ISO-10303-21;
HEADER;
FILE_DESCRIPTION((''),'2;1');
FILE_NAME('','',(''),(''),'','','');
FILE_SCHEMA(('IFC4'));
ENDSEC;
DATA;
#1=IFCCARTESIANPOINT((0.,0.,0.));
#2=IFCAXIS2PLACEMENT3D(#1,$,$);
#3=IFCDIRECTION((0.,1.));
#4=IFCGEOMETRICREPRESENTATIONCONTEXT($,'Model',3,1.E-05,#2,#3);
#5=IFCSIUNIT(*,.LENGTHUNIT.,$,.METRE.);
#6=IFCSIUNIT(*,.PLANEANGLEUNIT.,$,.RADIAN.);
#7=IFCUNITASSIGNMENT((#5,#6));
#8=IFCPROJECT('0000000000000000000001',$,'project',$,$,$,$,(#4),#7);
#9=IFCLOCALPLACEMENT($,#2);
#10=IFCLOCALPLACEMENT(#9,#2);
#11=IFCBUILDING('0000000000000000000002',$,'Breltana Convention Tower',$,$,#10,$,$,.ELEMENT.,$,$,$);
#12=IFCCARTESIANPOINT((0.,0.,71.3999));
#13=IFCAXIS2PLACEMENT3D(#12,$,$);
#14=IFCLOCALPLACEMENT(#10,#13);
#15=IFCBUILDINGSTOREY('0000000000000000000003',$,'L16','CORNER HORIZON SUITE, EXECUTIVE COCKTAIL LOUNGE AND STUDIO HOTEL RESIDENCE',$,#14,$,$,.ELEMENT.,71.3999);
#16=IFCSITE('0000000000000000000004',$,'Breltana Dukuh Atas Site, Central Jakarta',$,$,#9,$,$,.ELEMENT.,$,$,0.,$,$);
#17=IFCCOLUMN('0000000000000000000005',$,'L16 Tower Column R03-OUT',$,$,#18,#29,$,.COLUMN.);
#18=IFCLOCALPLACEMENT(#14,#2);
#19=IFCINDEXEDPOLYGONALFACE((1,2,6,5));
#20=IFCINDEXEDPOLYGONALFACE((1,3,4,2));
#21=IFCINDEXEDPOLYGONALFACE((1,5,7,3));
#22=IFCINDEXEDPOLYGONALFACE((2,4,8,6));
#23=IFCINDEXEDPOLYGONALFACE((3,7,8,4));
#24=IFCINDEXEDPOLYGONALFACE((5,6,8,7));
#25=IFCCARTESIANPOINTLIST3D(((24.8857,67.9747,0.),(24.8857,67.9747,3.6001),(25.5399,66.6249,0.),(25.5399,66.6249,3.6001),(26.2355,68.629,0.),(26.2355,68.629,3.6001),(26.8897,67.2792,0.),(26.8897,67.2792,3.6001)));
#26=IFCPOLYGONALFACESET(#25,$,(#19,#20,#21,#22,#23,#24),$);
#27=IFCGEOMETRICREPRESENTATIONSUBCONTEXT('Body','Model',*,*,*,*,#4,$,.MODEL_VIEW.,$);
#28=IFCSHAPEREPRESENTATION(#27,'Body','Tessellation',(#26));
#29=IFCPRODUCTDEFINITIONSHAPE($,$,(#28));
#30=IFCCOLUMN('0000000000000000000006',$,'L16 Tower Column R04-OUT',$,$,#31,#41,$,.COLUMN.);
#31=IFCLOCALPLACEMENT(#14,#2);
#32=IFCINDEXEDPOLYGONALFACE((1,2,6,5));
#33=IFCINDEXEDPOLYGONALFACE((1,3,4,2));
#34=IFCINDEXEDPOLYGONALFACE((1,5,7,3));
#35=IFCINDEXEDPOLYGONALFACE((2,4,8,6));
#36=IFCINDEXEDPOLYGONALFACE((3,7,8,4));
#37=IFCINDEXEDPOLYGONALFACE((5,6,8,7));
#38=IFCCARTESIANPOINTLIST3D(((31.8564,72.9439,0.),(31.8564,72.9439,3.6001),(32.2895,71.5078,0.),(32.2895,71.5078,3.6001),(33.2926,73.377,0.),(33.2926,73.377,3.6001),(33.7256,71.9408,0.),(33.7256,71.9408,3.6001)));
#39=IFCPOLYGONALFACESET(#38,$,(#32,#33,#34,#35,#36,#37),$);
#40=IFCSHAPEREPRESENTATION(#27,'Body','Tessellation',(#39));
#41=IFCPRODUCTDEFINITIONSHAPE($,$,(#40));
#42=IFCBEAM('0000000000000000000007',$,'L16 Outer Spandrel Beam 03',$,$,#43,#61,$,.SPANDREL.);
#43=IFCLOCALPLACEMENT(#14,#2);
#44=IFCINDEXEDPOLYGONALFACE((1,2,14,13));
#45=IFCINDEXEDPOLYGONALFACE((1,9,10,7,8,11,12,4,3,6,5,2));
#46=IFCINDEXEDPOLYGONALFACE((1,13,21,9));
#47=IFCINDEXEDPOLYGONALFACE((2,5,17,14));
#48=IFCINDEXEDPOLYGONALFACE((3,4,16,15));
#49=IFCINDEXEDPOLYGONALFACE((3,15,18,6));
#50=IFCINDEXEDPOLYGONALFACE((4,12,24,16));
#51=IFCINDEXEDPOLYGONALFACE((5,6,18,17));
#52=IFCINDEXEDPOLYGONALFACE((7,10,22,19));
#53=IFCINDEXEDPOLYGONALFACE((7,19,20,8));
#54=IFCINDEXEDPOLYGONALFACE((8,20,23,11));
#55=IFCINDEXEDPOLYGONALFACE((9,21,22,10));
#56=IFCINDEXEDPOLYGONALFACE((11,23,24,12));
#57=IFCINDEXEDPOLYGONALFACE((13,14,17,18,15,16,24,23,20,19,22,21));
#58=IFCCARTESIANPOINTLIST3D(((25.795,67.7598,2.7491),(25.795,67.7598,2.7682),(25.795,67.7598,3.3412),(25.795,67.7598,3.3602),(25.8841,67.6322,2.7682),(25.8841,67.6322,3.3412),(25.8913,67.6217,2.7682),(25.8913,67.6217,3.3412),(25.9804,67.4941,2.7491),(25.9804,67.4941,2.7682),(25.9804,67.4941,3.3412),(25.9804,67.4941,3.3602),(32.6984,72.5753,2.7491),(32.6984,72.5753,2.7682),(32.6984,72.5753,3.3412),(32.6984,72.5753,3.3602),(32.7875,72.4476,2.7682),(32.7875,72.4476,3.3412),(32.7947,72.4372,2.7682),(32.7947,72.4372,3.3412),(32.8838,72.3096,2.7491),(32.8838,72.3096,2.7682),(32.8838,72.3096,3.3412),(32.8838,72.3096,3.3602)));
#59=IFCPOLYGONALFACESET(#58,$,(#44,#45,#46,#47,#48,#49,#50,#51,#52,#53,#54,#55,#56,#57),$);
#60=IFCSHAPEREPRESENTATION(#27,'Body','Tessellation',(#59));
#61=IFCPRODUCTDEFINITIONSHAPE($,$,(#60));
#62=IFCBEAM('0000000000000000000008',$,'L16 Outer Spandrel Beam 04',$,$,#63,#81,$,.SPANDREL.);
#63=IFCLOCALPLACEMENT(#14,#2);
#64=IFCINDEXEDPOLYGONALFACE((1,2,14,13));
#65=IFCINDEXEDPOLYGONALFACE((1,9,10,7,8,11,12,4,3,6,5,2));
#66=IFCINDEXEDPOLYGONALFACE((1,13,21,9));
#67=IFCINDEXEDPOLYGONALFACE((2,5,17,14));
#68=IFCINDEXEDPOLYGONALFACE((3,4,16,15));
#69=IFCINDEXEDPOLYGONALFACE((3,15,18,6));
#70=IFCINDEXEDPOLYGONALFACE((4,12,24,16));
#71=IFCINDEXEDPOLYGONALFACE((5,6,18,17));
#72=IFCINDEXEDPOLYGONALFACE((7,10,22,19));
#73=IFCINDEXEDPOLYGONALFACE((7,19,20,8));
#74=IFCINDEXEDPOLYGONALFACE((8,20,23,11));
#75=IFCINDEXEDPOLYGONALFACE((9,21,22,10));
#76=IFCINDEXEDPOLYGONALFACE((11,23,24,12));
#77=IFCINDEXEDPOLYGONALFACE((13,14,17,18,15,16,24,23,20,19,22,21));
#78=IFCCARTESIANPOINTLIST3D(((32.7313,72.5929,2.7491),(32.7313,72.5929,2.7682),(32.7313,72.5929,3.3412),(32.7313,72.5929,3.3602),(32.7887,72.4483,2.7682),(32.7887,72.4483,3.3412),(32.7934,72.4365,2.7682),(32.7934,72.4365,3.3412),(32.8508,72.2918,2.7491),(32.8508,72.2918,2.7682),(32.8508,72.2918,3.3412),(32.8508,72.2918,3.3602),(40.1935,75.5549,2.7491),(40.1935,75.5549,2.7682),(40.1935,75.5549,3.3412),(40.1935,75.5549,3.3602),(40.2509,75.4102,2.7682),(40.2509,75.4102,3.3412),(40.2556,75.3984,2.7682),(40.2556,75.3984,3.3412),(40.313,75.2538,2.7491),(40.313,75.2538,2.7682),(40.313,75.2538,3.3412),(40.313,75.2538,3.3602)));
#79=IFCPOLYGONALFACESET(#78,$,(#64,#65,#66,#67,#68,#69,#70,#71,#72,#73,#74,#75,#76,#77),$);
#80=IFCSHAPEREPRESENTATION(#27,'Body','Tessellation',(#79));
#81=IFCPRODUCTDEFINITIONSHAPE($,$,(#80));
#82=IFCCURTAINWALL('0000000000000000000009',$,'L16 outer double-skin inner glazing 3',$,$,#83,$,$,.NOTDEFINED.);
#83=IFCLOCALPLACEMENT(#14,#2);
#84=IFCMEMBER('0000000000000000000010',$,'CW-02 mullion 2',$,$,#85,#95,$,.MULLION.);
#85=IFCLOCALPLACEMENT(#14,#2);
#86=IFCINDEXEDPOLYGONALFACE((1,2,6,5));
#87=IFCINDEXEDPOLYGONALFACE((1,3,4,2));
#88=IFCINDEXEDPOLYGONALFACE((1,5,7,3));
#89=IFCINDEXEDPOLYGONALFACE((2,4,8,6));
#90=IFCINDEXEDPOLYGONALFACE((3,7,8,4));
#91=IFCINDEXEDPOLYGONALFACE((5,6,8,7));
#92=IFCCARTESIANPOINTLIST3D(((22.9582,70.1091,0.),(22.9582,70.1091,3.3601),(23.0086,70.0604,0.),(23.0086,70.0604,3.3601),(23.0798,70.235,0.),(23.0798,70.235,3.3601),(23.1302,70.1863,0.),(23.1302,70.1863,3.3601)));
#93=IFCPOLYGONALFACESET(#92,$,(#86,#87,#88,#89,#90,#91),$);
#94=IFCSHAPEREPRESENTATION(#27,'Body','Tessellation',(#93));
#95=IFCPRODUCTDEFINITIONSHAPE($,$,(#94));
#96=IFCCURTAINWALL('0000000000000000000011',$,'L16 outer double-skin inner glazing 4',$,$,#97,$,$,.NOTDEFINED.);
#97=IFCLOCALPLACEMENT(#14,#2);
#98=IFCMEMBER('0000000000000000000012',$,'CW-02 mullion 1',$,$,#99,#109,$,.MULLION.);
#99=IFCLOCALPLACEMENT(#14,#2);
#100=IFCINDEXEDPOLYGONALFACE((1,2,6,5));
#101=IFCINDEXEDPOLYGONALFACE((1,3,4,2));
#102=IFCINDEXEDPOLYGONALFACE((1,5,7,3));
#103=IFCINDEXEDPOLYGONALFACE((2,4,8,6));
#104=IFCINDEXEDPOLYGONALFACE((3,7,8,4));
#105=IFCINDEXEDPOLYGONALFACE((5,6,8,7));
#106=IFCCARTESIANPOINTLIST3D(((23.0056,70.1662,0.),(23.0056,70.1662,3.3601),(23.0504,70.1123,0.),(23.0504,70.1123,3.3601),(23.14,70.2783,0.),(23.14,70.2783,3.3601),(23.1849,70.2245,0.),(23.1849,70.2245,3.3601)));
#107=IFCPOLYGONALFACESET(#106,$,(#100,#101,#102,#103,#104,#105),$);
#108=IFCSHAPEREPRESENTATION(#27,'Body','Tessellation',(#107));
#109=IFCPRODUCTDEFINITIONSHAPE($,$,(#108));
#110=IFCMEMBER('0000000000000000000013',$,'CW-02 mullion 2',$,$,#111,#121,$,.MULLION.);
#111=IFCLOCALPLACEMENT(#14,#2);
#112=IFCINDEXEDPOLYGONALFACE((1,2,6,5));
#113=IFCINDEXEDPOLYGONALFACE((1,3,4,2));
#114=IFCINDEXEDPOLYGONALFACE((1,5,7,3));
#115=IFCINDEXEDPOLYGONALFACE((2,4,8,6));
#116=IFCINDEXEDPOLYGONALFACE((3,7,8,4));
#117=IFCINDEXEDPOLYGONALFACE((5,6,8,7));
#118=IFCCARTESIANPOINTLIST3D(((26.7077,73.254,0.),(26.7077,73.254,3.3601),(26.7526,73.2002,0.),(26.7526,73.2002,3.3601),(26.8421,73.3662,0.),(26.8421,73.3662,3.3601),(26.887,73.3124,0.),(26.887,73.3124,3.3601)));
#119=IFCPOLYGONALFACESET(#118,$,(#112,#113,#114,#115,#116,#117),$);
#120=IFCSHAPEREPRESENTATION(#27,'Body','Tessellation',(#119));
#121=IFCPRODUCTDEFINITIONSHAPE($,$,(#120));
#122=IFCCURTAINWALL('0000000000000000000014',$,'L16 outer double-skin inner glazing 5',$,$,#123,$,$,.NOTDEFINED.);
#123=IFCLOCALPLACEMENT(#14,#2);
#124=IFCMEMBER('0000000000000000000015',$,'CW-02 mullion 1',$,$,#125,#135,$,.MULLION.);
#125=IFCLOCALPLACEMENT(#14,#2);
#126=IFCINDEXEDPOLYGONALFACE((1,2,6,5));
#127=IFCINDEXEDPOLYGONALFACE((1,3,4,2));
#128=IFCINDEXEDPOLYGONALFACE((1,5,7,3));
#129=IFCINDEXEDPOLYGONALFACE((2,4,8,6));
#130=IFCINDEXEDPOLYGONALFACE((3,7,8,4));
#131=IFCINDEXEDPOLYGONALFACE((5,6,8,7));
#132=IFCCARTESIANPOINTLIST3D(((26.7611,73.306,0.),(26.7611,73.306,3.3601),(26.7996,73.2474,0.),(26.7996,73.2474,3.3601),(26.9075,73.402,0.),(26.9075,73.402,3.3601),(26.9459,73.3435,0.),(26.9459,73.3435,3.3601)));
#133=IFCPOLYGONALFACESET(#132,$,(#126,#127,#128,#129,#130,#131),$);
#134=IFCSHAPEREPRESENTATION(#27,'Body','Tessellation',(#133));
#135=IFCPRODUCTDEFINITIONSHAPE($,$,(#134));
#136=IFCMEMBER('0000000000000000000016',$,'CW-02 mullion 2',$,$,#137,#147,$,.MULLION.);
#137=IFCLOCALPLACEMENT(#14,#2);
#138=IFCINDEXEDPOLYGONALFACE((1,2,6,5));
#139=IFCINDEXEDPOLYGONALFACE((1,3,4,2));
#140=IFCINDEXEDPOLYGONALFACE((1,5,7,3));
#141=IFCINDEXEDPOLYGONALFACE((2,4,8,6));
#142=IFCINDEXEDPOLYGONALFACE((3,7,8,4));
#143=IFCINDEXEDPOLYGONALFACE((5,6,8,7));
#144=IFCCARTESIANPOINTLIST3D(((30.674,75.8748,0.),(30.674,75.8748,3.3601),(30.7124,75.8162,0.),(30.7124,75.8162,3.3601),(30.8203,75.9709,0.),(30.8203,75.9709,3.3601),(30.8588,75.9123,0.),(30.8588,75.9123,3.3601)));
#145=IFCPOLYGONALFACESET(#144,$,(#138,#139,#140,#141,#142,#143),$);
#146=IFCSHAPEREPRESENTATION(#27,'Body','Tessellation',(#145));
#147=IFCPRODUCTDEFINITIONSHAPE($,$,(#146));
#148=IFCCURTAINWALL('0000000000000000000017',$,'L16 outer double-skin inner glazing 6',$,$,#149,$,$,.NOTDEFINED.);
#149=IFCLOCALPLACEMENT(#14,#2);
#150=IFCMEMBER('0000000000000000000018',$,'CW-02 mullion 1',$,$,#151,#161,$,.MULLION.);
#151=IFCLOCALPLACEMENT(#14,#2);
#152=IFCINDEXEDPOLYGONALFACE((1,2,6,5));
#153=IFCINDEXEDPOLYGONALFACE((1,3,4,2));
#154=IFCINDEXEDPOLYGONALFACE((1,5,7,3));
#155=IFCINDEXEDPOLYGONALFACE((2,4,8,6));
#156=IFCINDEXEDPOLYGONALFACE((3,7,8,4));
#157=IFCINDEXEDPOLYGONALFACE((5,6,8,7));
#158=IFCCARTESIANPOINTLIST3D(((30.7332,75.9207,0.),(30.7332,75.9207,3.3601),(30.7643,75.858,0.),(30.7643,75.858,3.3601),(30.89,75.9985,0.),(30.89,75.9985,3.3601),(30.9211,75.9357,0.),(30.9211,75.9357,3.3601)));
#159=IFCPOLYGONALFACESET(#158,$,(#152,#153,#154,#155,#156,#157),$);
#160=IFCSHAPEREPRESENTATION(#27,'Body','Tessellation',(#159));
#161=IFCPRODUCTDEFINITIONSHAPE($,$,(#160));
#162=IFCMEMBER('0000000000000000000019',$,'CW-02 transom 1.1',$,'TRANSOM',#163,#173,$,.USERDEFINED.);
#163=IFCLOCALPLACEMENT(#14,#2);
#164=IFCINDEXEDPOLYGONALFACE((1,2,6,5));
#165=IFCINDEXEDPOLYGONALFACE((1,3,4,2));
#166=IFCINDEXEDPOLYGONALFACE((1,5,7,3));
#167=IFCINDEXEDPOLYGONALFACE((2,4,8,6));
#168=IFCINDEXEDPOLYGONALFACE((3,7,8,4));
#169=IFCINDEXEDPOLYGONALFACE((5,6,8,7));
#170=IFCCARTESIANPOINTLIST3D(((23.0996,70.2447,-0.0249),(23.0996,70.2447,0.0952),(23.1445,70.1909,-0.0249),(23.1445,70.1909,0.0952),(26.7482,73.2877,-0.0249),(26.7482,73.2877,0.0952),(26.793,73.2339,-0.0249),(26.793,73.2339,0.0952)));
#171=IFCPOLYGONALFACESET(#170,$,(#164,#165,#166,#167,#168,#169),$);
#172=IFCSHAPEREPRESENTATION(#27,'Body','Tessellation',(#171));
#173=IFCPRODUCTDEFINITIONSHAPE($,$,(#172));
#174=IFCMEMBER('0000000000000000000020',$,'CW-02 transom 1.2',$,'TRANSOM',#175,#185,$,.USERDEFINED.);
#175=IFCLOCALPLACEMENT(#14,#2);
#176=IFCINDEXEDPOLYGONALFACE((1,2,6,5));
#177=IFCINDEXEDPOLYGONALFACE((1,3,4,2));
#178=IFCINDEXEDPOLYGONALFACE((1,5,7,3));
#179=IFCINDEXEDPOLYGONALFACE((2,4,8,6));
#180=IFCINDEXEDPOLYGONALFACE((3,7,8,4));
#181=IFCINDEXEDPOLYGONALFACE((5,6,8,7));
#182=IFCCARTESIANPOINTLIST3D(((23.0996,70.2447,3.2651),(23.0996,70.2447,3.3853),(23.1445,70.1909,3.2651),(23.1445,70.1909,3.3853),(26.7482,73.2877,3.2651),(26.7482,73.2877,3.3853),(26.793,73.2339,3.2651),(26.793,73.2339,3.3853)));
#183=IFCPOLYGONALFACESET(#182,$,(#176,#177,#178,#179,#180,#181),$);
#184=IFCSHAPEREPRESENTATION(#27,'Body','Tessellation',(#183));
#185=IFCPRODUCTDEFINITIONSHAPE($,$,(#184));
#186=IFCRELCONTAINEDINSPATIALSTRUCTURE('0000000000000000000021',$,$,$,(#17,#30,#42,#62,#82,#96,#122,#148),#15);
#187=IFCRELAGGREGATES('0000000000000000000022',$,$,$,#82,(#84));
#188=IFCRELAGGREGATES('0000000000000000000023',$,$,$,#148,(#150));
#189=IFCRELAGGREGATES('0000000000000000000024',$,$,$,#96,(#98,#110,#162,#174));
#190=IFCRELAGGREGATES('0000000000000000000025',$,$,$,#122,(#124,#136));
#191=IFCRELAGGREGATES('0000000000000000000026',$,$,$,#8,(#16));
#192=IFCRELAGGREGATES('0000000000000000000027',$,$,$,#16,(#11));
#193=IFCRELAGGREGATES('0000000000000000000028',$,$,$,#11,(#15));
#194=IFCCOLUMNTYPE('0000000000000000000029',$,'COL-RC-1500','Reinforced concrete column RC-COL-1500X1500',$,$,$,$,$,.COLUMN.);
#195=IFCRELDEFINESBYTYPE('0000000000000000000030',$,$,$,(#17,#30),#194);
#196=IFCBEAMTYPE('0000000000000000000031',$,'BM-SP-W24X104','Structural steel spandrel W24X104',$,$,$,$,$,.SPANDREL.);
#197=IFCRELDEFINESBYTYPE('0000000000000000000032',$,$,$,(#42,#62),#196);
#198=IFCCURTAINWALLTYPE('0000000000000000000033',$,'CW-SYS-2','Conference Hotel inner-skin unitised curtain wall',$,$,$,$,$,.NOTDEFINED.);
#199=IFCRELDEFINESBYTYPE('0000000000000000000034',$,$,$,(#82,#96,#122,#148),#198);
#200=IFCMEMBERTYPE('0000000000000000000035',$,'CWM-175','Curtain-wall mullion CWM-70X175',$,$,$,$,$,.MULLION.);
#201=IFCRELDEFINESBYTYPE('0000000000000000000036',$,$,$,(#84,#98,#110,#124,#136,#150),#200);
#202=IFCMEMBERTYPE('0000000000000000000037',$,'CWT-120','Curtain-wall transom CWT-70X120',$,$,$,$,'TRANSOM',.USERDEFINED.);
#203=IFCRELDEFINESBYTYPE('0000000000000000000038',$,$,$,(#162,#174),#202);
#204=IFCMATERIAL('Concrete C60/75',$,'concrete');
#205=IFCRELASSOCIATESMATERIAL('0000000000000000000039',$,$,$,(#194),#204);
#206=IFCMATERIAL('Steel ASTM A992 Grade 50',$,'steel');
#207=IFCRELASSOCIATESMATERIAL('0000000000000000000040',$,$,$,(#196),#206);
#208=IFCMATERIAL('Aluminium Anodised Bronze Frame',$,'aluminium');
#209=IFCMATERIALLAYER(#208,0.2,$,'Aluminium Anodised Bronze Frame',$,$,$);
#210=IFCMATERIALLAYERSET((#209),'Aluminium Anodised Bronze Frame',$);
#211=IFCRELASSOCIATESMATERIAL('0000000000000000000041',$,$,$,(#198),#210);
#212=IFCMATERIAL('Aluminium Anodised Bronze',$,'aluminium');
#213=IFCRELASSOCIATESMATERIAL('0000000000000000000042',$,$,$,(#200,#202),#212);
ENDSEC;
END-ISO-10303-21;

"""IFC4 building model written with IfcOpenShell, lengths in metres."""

from ifc_helpers import new_model, si_unit, direction, frame, origin, origin_2d, place, context, subcontext, project, spatial, rectangle, i_section, extrude, source, transform, mapped, material, layer, layer_set, material_profile, profile_set, type_object, type_shapes, element, aggregate, save


model = new_model("IFC4")

# Units and contexts
model_context = context("Model", 3, precision=1e-05, world=origin(), true_north=direction((0.0, 1.0)))
body_context = subcontext(model_context, "Body", "Model", "MODEL_VIEW")
ifc_project = project(units=[si_unit("LENGTHUNIT", "METRE"), si_unit("PLANEANGLEUNIT", "RADIAN")], contexts=[model_context])

# Site, building, storey
site_placement = place(None, origin())
site = spatial("IfcSite", under=ifc_project, at=site_placement, Name="Breltana Dukuh Atas Site, Central Jakarta", CompositionType="ELEMENT", RefElevation=0.0)
building_placement = place(site_placement, origin())
building = spatial("IfcBuilding", under=site, at=building_placement, Name="Breltana Convention Tower", CompositionType="ELEMENT")
storey_placement = place(building_placement, frame((0.0, 0.0, 71.3999)))
storey = spatial("IfcBuildingStorey", under=building, at=storey_placement, Name="L16", Description="CORNER HORIZON SUITE, EXECUTIVE COCKTAIL LOUNGE AND STUDIO HOTEL RESIDENCE", CompositionType="ELEMENT", Elevation=71.3999)

# Columns
ifc_material_1 = material(Name="Concrete C60/75", Category="concrete")
ifc_material_profile_1 = material_profile(ifc_material_1, rectangle(XDim=1.5, YDim=1.5, at=origin_2d()), Name="RC-COL-1500X1500")
ifc_profile_set_1 = profile_set([ifc_material_profile_1], Name="Concrete C60/75")
column_type = type_object("IfcColumnType", Name="COL-RC-1500", Description="Reinforced concrete column RC-COL-1500X1500", PredefinedType="COLUMN", material=ifc_profile_set_1)
shared_shape_1 = source(origin(), body_context, "Body", "SweptSolid", [
    extrude(rectangle(XDim=1.5, YDim=1.5, at=origin_2d()), origin(), (0.0, 0.0, 1.0), 3.6001),
])
for number, where, z_axis, x_axis, name in (
    (1, (25.8877, 67.627, 0.0), (0.0, 0.0, 1.0), (-0.436174, 0.899863, 0.0), "L16 Tower Column R03-OUT"),
    (2, (32.791, 72.4424, 0.0), (0.0, 0.0, 1.0), (-0.288698, 0.95742, 0.0), "L16 Tower Column R04-OUT"),
):
    element("IfcColumn", number, at=place(storey_placement, frame(where, z_axis=z_axis, x_axis=x_axis)), inside=storey, type_object=column_type, Name=name, PredefinedType="COLUMN", context=body_context, shape_type="MappedRepresentation", body=[
        mapped(shared_shape_1, transform((0.0, 0.0, 0.0), scale=1.0)),
    ])

# Beams
ifc_material_2 = material(Name="Steel ASTM A992 Grade 50", Category="steel")
ifc_material_profile_2 = material_profile(ifc_material_2, i_section(OverallWidth=0.324, OverallDepth=0.6111, WebThickness=0.0127, FlangeThickness=0.019, at=origin_2d()), Name="W24X104")
ifc_profile_set_2 = profile_set([ifc_material_profile_2], Name="Steel ASTM A992 Grade 50")
beam_type = type_object("IfcBeamType", Name="BM-SP-W24X104", Description="Structural steel spandrel W24X104", PredefinedType="SPANDREL", material=ifc_profile_set_2)
shared_shape_2 = source(origin(), body_context, "Body", "SweptSolid", [
    extrude(i_section(OverallWidth=0.324, OverallDepth=0.6111, WebThickness=0.0127, FlangeThickness=0.019, at=origin_2d()), origin(), (0.0, 0.0, 1.0), 8.417),
])
beam_1_placement = place(storey_placement, frame((25.8877, 67.627, 3.0547), z_axis=(0.820174, 0.572114, 0.0), x_axis=(-0.572114, 0.820174, 0.0)))
element("IfcBeam", 3, at=beam_1_placement, inside=storey, type_object=beam_type, Name="L16 Outer Spandrel Beam 03", PredefinedType="SPANDREL", context=body_context, shape_type="MappedRepresentation", body=[
    mapped(shared_shape_2, transform((0.0, 0.0, 0.0), scale=1.0)),
])
shared_shape_3 = source(origin(), body_context, "Body", "SweptSolid", [
    extrude(i_section(OverallWidth=0.324, OverallDepth=0.6111, WebThickness=0.0127, FlangeThickness=0.019, at=origin_2d()), origin(), (0.0, 0.0, 1.0), 8.0286),
])
beam_2_placement = place(storey_placement, frame((32.791, 72.4424, 3.0547), z_axis=(0.929459, 0.368925, 0.0), x_axis=(-0.368925, 0.929459, 0.0)))
element("IfcBeam", 4, at=beam_2_placement, inside=storey, type_object=beam_type, Name="L16 Outer Spandrel Beam 04", PredefinedType="SPANDREL", context=body_context, shape_type="MappedRepresentation", body=[
    mapped(shared_shape_3, transform((0.0, 0.0, 0.0), scale=1.0)),
])

# Curtain wall, member
ifc_material_3 = material(Name="Aluminium Anodised Bronze Frame", Category="aluminium")
ifc_layer_1 = layer(ifc_material_3, 0.2, Name="Aluminium Anodised Bronze Frame")
ifc_layer_set_1 = layer_set([ifc_layer_1], Name="Aluminium Anodised Bronze Frame")
curtain_wall_type = type_object("IfcCurtainWallType", Name="CW-SYS-2", Description="Conference Hotel inner-skin unitised curtain wall", PredefinedType="NOTDEFINED", material=ifc_layer_set_1)
curtain_wall_1_placement = place(storey_placement, origin())
curtain_wall_1 = element("IfcCurtainWall", 5, at=curtain_wall_1_placement, inside=storey, type_object=curtain_wall_type, Name="L16 outer double-skin inner glazing 3", PredefinedType="NOTDEFINED")
ifc_material_4 = material(Name="Aluminium Anodised Bronze", Category="aluminium")
ifc_material_profile_3 = material_profile(ifc_material_4, rectangle(XDim=0.0701, YDim=0.175, at=origin_2d()), Name="CWM-70X175")
ifc_profile_set_3 = profile_set([ifc_material_profile_3], Name="Aluminium Anodised Bronze")
member_type_1 = type_object("IfcMemberType", Name="CWM-175", Description="Curtain-wall mullion CWM-70X175", PredefinedType="MULLION", material=ifc_profile_set_3)
shared_shape_4 = source(origin(), body_context, "Body", "SweptSolid", [
    extrude(rectangle(XDim=0.0701, YDim=0.175, at=origin_2d()), origin(), (0.0, 0.0, 1.0), 3.3601),
])
type_shapes(member_type_1, [shared_shape_4])
member_1_placement = place(storey_placement, frame((23.0442, 70.1477, 0.0), z_axis=(0.0, 0.0, 1.0), x_axis=(-0.719386, 0.69461, 0.0)))
member_1 = element("IfcMember", 6, at=member_1_placement, type_object=member_type_1, Name="CW-02 mullion 2", PredefinedType="MULLION", context=body_context, shape_type="MappedRepresentation", body=[
    mapped(shared_shape_4, transform((0.0, 0.0, 0.0), scale=1.0)),
])
aggregate(curtain_wall_1, [member_1])

# Curtain walls, members
curtain_wall_2_placement = place(storey_placement, origin())
curtain_wall_2 = element("IfcCurtainWall", 7, at=curtain_wall_2_placement, inside=storey, type_object=curtain_wall_type, Name="L16 outer double-skin inner glazing 4", PredefinedType="NOTDEFINED")
member_2_placement = place(storey_placement, frame((23.0952, 70.1953, 0.0), z_axis=(0.0, 0.0, 1.0), x_axis=(-0.64052, 0.767941, 0.0)))
member_2 = element("IfcMember", 8, at=member_2_placement, type_object=member_type_1, Name="CW-02 mullion 1", PredefinedType="MULLION", context=body_context, shape_type="MappedRepresentation", body=[
    mapped(shared_shape_4, transform((0.0, 0.0, 0.0), scale=1.0)),
])
member_3_placement = place(storey_placement, frame((26.7974, 73.2832, 0.0), z_axis=(0.0, 0.0, 1.0), x_axis=(-0.64052, 0.767941, 0.0)))
member_3 = element("IfcMember", 9, at=member_3_placement, type_object=member_type_1, Name="CW-02 mullion 2", PredefinedType="MULLION", context=body_context, shape_type="MappedRepresentation", body=[
    mapped(shared_shape_4, transform((0.0, 0.0, 0.0), scale=1.0)),
])
curtain_wall_3_placement = place(storey_placement, origin())
curtain_wall_3 = element("IfcCurtainWall", 10, at=curtain_wall_3_placement, inside=storey, type_object=curtain_wall_type, Name="L16 outer double-skin inner glazing 5", PredefinedType="NOTDEFINED")
member_4_placement = place(storey_placement, frame((26.8535, 73.3247, 0.0), z_axis=(0.0, 0.0, 1.0), x_axis=(-0.548784, 0.835964, 0.0)))
member_4 = element("IfcMember", 11, at=member_4_placement, type_object=member_type_1, Name="CW-02 mullion 1", PredefinedType="MULLION", context=body_context, shape_type="MappedRepresentation", body=[
    mapped(shared_shape_4, transform((0.0, 0.0, 0.0), scale=1.0)),
])
member_5_placement = place(storey_placement, frame((30.7664, 75.8936, 0.0), z_axis=(0.0, 0.0, 1.0), x_axis=(-0.548784, 0.835964, 0.0)))
member_5 = element("IfcMember", 12, at=member_5_placement, type_object=member_type_1, Name="CW-02 mullion 2", PredefinedType="MULLION", context=body_context, shape_type="MappedRepresentation", body=[
    mapped(shared_shape_4, transform((0.0, 0.0, 0.0), scale=1.0)),
])

# Curtain wall, member
curtain_wall_4_placement = place(storey_placement, origin())
curtain_wall_4 = element("IfcCurtainWall", 13, at=curtain_wall_4_placement, inside=storey, type_object=curtain_wall_type, Name="L16 outer double-skin inner glazing 6", PredefinedType="NOTDEFINED")
member_6_placement = place(storey_placement, frame((30.8271, 75.9282, 0.0), z_axis=(0.0, 0.0, 1.0), x_axis=(-0.444108, 0.895973, 0.0)))
member_6 = element("IfcMember", 14, at=member_6_placement, type_object=member_type_1, Name="CW-02 mullion 1", PredefinedType="MULLION", context=body_context, shape_type="MappedRepresentation", body=[
    mapped(shared_shape_4, transform((0.0, 0.0, 0.0), scale=1.0)),
])

# Members
ifc_material_profile_4 = material_profile(ifc_material_4, rectangle(XDim=0.0701, YDim=0.1201, at=origin_2d()), Name="CWT-70X120")
ifc_profile_set_4 = profile_set([ifc_material_profile_4], Name="Aluminium Anodised Bronze")
member_type_2 = type_object("IfcMemberType", Name="CWT-120", Description="Curtain-wall transom CWT-70X120", ElementType="TRANSOM", PredefinedType="USERDEFINED", material=ifc_profile_set_4)
shared_shape_5 = source(origin(), body_context, "Body", "SweptSolid", [
    extrude(rectangle(XDim=0.0701, YDim=0.1201, at=origin_2d()), origin(), (0.0, 0.0, 1.0), 4.751),
])
member_7_placement = place(storey_placement, frame((23.1221, 70.2178, 0.0352), z_axis=(0.767952, 0.640508, 0.0), x_axis=(-0.640508, 0.767952, 0.0)))
member_7 = element("IfcMember", 15, at=member_7_placement, type_object=member_type_2, Name="CW-02 transom 1.1", ObjectType="TRANSOM", PredefinedType="USERDEFINED", context=body_context, shape_type="MappedRepresentation", body=[
    mapped(shared_shape_5, transform((0.0, 0.0, 0.0), scale=1.0)),
])
member_8_placement = place(storey_placement, frame((23.1221, 70.2178, 3.3252), z_axis=(0.767952, 0.640508, 0.0), x_axis=(-0.640508, 0.767952, 0.0)))
member_8 = element("IfcMember", 16, at=member_8_placement, type_object=member_type_2, Name="CW-02 transom 1.2", ObjectType="TRANSOM", PredefinedType="USERDEFINED", context=body_context, shape_type="MappedRepresentation", body=[
    mapped(shared_shape_5, transform((0.0, 0.0, 0.0), scale=1.0)),
])
aggregate(curtain_wall_4, [member_6])

aggregate(curtain_wall_2, [member_2, member_3, member_7, member_8])
aggregate(curtain_wall_3, [member_4, member_5])

save(model, "model.ifc")
